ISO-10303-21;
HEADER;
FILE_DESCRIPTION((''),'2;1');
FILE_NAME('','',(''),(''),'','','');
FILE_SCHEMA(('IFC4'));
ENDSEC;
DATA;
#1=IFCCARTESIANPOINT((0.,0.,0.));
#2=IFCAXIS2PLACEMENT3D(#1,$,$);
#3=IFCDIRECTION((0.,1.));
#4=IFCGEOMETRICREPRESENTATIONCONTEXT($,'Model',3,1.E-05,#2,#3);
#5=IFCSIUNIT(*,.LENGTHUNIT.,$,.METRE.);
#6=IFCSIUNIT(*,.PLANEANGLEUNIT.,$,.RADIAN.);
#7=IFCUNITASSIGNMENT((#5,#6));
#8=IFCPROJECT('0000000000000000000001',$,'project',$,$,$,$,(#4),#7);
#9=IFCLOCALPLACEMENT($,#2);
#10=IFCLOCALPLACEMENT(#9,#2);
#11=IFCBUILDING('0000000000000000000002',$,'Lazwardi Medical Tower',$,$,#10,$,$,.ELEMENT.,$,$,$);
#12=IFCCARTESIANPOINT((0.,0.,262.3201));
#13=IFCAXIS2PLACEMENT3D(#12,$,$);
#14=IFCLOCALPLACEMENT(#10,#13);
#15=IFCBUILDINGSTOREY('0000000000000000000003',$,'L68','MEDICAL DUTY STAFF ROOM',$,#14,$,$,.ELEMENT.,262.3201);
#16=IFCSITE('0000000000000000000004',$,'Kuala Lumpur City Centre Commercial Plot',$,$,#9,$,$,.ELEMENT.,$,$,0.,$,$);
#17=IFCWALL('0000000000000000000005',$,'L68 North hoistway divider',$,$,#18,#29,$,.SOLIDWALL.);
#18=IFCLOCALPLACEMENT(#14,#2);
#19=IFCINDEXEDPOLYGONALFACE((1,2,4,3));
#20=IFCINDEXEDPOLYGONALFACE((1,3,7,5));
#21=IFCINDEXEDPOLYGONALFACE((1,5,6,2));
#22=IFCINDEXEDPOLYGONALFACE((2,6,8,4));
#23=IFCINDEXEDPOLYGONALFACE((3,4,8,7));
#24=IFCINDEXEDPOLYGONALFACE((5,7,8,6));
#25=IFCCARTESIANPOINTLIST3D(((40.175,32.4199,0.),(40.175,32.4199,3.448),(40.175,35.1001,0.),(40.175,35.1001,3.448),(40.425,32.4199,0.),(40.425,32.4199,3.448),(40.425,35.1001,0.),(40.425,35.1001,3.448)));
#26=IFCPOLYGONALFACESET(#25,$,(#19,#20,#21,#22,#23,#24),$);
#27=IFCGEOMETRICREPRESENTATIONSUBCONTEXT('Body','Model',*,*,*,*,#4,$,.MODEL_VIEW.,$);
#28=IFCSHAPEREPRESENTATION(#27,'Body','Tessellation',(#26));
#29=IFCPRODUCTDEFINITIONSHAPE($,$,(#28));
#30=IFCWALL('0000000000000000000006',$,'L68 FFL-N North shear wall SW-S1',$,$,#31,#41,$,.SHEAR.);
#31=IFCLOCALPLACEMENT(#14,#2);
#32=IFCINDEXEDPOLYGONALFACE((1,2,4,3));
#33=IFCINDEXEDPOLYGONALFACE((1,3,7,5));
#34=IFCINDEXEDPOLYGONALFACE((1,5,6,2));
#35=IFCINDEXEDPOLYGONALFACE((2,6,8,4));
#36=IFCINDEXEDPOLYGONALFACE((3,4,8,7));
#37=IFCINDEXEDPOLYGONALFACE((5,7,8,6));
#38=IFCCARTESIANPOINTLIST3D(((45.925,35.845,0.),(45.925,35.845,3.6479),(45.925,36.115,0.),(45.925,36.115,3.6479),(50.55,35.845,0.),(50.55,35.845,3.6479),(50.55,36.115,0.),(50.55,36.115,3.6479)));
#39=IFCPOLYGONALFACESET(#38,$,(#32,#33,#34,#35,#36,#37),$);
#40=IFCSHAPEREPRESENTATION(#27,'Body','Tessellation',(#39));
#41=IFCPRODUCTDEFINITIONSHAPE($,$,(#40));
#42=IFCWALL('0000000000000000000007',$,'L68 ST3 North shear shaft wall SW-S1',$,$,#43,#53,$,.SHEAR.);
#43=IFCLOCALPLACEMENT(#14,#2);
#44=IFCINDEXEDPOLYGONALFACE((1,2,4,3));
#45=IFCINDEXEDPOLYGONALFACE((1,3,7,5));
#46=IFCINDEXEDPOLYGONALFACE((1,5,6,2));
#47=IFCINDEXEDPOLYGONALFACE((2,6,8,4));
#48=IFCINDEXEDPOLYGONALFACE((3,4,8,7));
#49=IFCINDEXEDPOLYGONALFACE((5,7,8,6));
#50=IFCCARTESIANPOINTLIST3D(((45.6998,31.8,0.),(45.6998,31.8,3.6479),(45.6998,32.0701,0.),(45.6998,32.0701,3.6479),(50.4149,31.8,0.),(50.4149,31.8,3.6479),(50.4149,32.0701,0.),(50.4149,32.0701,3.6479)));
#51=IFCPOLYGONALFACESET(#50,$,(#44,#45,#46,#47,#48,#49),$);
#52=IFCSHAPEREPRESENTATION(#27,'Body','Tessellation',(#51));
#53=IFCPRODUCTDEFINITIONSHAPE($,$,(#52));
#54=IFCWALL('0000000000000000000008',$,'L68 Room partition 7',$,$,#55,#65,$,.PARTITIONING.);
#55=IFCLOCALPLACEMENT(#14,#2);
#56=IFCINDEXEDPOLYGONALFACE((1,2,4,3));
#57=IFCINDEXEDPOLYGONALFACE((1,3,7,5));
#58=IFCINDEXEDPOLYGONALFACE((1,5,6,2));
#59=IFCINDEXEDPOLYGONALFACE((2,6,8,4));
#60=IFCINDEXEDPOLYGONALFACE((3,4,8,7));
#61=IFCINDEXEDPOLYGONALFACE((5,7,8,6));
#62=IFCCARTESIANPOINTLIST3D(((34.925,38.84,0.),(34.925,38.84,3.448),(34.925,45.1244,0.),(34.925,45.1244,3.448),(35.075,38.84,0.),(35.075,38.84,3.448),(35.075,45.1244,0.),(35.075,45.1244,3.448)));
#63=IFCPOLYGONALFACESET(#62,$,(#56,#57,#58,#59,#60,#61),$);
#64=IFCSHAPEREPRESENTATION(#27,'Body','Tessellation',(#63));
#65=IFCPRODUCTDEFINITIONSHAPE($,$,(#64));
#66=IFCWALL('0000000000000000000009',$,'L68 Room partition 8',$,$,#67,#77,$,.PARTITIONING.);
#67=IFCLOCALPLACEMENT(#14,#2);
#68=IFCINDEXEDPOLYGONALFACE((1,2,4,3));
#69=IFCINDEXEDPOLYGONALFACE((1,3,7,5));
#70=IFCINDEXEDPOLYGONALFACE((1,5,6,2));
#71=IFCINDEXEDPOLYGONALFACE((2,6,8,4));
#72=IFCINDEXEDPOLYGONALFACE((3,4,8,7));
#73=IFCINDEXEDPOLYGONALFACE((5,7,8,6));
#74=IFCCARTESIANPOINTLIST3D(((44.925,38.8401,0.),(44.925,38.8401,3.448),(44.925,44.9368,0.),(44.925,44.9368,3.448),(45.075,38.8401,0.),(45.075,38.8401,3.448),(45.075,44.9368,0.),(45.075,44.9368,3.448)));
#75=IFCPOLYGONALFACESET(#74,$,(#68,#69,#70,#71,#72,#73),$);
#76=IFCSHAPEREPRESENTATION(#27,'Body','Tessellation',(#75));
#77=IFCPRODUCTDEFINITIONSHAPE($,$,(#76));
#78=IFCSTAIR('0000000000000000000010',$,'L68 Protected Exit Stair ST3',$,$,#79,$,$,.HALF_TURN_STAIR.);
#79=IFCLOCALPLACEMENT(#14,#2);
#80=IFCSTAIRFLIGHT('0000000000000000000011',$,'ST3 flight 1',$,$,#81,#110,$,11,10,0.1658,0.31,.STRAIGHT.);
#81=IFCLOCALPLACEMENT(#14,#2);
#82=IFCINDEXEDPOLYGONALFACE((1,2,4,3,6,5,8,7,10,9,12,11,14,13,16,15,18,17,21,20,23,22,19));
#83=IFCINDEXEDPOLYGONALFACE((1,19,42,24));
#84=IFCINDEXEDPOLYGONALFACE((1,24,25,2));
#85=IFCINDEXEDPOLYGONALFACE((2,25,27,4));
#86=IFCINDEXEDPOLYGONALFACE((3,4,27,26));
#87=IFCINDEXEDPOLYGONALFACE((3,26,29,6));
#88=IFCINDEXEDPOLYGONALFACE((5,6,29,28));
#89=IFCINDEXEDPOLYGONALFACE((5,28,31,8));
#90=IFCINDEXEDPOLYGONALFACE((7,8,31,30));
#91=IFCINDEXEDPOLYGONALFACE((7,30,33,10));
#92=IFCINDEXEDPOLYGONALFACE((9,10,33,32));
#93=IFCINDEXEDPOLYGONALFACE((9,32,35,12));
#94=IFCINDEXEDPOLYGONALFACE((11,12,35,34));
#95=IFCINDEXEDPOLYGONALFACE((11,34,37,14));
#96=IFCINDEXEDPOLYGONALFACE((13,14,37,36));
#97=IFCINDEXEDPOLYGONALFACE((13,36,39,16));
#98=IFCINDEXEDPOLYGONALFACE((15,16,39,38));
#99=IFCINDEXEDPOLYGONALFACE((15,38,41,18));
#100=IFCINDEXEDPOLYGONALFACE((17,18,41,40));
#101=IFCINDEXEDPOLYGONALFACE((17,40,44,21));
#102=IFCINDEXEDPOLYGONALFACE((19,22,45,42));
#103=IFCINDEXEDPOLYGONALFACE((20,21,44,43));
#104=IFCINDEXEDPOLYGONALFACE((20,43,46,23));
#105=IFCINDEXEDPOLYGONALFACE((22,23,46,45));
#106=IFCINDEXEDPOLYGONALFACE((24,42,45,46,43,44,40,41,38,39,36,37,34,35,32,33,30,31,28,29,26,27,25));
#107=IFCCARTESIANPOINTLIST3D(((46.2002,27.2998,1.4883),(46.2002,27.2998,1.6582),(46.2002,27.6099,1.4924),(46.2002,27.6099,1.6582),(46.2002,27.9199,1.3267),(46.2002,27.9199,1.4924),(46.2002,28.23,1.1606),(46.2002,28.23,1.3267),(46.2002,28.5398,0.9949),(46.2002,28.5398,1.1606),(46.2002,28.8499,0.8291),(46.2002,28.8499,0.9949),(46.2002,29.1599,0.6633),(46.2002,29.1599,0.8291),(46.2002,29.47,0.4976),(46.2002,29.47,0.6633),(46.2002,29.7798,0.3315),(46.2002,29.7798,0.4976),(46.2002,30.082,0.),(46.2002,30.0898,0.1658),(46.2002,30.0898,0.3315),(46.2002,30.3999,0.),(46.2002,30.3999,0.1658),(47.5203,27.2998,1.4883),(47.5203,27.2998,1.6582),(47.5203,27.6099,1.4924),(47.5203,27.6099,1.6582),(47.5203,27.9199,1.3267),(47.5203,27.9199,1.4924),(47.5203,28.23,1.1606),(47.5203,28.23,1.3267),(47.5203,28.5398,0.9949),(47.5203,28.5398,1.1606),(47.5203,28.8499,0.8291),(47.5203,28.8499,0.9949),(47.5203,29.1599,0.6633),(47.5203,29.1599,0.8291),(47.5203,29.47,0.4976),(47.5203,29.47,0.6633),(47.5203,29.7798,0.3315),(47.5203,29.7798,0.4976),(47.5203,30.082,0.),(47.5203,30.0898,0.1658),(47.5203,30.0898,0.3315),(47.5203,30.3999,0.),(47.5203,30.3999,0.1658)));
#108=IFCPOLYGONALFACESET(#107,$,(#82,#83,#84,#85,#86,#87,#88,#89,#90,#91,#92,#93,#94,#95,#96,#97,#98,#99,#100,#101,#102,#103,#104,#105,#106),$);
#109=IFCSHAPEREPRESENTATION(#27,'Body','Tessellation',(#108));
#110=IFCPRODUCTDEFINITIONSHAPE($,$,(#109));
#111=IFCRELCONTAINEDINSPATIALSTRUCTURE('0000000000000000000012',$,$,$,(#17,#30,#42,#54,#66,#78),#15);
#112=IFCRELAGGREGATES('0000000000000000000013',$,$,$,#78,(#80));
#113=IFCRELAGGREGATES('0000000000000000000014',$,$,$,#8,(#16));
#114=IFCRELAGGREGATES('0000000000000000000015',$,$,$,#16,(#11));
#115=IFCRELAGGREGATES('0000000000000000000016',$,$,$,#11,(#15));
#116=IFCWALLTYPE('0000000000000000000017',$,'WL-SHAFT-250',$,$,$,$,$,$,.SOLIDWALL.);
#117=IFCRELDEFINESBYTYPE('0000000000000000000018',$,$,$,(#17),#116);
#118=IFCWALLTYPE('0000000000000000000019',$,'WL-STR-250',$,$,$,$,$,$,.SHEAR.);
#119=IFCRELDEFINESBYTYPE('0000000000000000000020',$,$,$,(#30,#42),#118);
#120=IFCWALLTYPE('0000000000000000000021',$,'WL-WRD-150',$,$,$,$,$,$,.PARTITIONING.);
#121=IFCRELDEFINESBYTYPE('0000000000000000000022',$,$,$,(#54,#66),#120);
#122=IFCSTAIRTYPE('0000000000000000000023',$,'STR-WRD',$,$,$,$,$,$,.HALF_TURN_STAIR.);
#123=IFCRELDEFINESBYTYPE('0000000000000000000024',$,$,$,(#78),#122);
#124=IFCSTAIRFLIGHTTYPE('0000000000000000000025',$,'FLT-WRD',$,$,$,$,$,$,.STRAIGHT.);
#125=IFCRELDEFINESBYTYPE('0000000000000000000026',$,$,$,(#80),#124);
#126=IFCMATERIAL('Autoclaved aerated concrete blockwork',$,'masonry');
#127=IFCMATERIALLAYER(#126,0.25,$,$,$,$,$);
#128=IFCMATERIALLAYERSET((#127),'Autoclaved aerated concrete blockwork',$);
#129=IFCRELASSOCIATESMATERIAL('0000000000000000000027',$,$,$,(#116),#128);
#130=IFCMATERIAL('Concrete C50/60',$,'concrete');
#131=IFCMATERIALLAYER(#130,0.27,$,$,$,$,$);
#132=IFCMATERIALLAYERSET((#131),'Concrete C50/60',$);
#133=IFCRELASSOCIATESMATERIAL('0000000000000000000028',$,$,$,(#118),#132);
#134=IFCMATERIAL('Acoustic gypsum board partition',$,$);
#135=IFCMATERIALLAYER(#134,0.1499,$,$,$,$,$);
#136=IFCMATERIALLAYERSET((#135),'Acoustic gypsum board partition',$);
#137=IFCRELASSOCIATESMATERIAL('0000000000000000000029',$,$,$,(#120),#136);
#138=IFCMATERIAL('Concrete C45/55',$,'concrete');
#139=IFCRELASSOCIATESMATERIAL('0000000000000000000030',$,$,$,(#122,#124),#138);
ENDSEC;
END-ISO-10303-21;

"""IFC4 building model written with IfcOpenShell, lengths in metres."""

from ifc_helpers import new_model, si_unit, direction, frame, frame_2d, origin, place, context, subcontext, project, spatial, polyline, rectangle, outline, extrude, material, layer, layer_set, type_object, element, aggregate, save


model = new_model("IFC4")

# Units and contexts
model_context = context("Model", 3, precision=1e-05, world=origin(), true_north=direction((0.0, 1.0)))
body_context = subcontext(model_context, "Body", "Model", "MODEL_VIEW")
ifc_project = project(units=[si_unit("LENGTHUNIT", "METRE"), si_unit("PLANEANGLEUNIT", "RADIAN")], contexts=[model_context])

# Site, building, storey
site_placement = place(None, origin())
site = spatial("IfcSite", under=ifc_project, at=site_placement, Name="Kuala Lumpur City Centre Commercial Plot", CompositionType="ELEMENT", RefElevation=0.0)
building_placement = place(site_placement, origin())
building = spatial("IfcBuilding", under=site, at=building_placement, Name="Lazwardi Medical Tower", CompositionType="ELEMENT")
storey_placement = place(building_placement, frame((0.0, 0.0, 262.3201)))
storey = spatial("IfcBuildingStorey", under=building, at=storey_placement, Name="L68", Description="MEDICAL DUTY STAFF ROOM", CompositionType="ELEMENT", Elevation=262.3201)

# Wall
ifc_material_1 = material(Name="Autoclaved aerated concrete blockwork", Category="masonry")
ifc_layer_1 = layer(ifc_material_1, 0.25)
ifc_layer_set_1 = layer_set([ifc_layer_1], Name="Autoclaved aerated concrete blockwork")
wall_type_1 = type_object("IfcWallType", Name="WL-SHAFT-250", PredefinedType="SOLIDWALL", material=ifc_layer_set_1)
for number, where, z_axis, x_axis, name in (
    (1, (40.3, 32.4199, 0.0), (0.0, 0.0, 1.0), (0.0, 1.0, 0.0), "L68 North hoistway divider"),
):
    element("IfcWall", number, at=place(storey_placement, frame(where, z_axis=z_axis, x_axis=x_axis)), inside=storey, type_object=wall_type_1, Name=name, PredefinedType="SOLIDWALL", context=body_context, shape_type="SweptSolid", body=[
        extrude(rectangle(XDim=2.6802, YDim=0.25, at=frame_2d((1.3401, 0.0))), origin(), (0.0, 0.0, 1.0), 3.448),
    ])

# Shared definitions
ifc_material_2 = material(Name="Concrete C50/60", Category="concrete")
ifc_layer_2 = layer(ifc_material_2, 0.27)
ifc_layer_set_2 = layer_set([ifc_layer_2], Name="Concrete C50/60")
wall_type_2 = type_object("IfcWallType", Name="WL-STR-250", PredefinedType="SHEAR", material=ifc_layer_set_2)

# Walls
wall_1_placement = place(storey_placement, frame((45.925, 35.98, 0.0), z_axis=(0.0, 0.0, 1.0), x_axis=(1.0, 0.0, 0.0)))
element("IfcWall", 2, at=wall_1_placement, inside=storey, type_object=wall_type_2, Name="L68 FFL-N North shear wall SW-S1", PredefinedType="SHEAR", context=body_context, shape_type="SweptSolid", body=[
    extrude(rectangle(XDim=4.625, YDim=0.27, at=frame_2d((2.3125, 0.0))), origin(), (0.0, 0.0, 1.0), 3.6479),
])
wall_2_placement = place(storey_placement, frame((45.7, 31.9351, 0.0), z_axis=(0.0, 0.0, 1.0), x_axis=(1.0, 0.0, 0.0)))
element("IfcWall", 3, at=wall_2_placement, inside=storey, type_object=wall_type_2, Name="L68 ST3 North shear shaft wall SW-S1", PredefinedType="SHEAR", context=body_context, shape_type="SweptSolid", body=[
    extrude(rectangle(XDim=4.7151, YDim=0.27, at=frame_2d((2.3574, 0.0))), origin(), (0.0, 0.0, 1.0), 3.6479),
])
ifc_material_3 = material(Name="Acoustic gypsum board partition")
ifc_layer_3 = layer(ifc_material_3, 0.1499)
ifc_layer_set_3 = layer_set([ifc_layer_3], Name="Acoustic gypsum board partition")
wall_type_3 = type_object("IfcWallType", Name="WL-WRD-150", PredefinedType="PARTITIONING", material=ifc_layer_set_3)
wall_3_placement = place(storey_placement, frame((35.0, 38.8401, 0.0), z_axis=(0.0, 0.0, 1.0), x_axis=(0.0, 1.0, 0.0)))
element("IfcWall", 4, at=wall_3_placement, inside=storey, type_object=wall_type_3, Name="L68 Room partition 7", PredefinedType="PARTITIONING", context=body_context, shape_type="SweptSolid", body=[
    extrude(rectangle(XDim=6.2844, YDim=0.1499, at=frame_2d((3.1421, 0.0))), origin(), (0.0, 0.0, 1.0), 3.448),
])
wall_4_placement = place(storey_placement, frame((45.0, 38.8401, 0.0), z_axis=(0.0, 0.0, 1.0), x_axis=(0.0, 1.0, 0.0)))
element("IfcWall", 5, at=wall_4_placement, inside=storey, type_object=wall_type_3, Name="L68 Room partition 8", PredefinedType="PARTITIONING", context=body_context, shape_type="SweptSolid", body=[
    extrude(rectangle(XDim=6.0967, YDim=0.1499, at=frame_2d((3.0483, 0.0))), origin(), (0.0, 0.0, 1.0), 3.448),
])

# Stair, stair flight
ifc_material_4 = material(Name="Concrete C45/55", Category="concrete")
stair_type = type_object("IfcStairType", Name="STR-WRD", PredefinedType="HALF_TURN_STAIR", material=ifc_material_4)
stair_placement = place(storey_placement, origin())
stair = element("IfcStair", 6, at=stair_placement, inside=storey, type_object=stair_type, Name="L68 Protected Exit Stair ST3", PredefinedType="HALF_TURN_STAIR")
stair_flight_type = type_object("IfcStairFlightType", Name="FLT-WRD", PredefinedType="STRAIGHT", material=ifc_material_4)
stair_flight_placement = place(storey_placement, frame((46.8601, 30.3999, 0.0), z_axis=(0.0, 0.0, 1.0), x_axis=(0.0, -1.0, 0.0)))
stair_flight = element("IfcStairFlight", 7, at=stair_flight_placement, type_object=stair_flight_type, Name="ST3 flight 1", NumberOfRisers=11, NumberOfTreads=10, PredefinedType="STRAIGHT", RiserHeight=0.1658, TreadLength=0.31, context=body_context, shape_type="SweptSolid", body=[
    extrude(outline(polyline([(0.0, 0.0), (0.0, 0.1658), (0.3101, 0.1658), (0.3101, 0.3315), (0.6201, 0.3315), (0.6201, 0.4976), (0.9299, 0.4976), (0.9299, 0.6633), (1.24, 0.6633), (1.24, 0.8291), (1.55, 0.8291), (1.55, 0.9949), (1.8601, 0.9949), (1.8601, 1.1606), (2.1699, 1.1606), (2.1699, 1.3267), (2.48, 1.3267), (2.48, 1.4924), (2.79, 1.4924), (2.79, 1.6582), (3.1001, 1.6582), (3.1001, 1.824), (3.1001, 1.4883), (0.3179, 0.0), (0.0, 0.0)])), frame((0.0, 0.6602, 0.0), z_axis=(0.0, -1.0, 0.0), x_axis=(1.0, 0.0, 0.0)), (0.0, 0.0, 1.0), 1.3201),
])
aggregate(stair, [stair_flight])

save(model, "model.ifc")
